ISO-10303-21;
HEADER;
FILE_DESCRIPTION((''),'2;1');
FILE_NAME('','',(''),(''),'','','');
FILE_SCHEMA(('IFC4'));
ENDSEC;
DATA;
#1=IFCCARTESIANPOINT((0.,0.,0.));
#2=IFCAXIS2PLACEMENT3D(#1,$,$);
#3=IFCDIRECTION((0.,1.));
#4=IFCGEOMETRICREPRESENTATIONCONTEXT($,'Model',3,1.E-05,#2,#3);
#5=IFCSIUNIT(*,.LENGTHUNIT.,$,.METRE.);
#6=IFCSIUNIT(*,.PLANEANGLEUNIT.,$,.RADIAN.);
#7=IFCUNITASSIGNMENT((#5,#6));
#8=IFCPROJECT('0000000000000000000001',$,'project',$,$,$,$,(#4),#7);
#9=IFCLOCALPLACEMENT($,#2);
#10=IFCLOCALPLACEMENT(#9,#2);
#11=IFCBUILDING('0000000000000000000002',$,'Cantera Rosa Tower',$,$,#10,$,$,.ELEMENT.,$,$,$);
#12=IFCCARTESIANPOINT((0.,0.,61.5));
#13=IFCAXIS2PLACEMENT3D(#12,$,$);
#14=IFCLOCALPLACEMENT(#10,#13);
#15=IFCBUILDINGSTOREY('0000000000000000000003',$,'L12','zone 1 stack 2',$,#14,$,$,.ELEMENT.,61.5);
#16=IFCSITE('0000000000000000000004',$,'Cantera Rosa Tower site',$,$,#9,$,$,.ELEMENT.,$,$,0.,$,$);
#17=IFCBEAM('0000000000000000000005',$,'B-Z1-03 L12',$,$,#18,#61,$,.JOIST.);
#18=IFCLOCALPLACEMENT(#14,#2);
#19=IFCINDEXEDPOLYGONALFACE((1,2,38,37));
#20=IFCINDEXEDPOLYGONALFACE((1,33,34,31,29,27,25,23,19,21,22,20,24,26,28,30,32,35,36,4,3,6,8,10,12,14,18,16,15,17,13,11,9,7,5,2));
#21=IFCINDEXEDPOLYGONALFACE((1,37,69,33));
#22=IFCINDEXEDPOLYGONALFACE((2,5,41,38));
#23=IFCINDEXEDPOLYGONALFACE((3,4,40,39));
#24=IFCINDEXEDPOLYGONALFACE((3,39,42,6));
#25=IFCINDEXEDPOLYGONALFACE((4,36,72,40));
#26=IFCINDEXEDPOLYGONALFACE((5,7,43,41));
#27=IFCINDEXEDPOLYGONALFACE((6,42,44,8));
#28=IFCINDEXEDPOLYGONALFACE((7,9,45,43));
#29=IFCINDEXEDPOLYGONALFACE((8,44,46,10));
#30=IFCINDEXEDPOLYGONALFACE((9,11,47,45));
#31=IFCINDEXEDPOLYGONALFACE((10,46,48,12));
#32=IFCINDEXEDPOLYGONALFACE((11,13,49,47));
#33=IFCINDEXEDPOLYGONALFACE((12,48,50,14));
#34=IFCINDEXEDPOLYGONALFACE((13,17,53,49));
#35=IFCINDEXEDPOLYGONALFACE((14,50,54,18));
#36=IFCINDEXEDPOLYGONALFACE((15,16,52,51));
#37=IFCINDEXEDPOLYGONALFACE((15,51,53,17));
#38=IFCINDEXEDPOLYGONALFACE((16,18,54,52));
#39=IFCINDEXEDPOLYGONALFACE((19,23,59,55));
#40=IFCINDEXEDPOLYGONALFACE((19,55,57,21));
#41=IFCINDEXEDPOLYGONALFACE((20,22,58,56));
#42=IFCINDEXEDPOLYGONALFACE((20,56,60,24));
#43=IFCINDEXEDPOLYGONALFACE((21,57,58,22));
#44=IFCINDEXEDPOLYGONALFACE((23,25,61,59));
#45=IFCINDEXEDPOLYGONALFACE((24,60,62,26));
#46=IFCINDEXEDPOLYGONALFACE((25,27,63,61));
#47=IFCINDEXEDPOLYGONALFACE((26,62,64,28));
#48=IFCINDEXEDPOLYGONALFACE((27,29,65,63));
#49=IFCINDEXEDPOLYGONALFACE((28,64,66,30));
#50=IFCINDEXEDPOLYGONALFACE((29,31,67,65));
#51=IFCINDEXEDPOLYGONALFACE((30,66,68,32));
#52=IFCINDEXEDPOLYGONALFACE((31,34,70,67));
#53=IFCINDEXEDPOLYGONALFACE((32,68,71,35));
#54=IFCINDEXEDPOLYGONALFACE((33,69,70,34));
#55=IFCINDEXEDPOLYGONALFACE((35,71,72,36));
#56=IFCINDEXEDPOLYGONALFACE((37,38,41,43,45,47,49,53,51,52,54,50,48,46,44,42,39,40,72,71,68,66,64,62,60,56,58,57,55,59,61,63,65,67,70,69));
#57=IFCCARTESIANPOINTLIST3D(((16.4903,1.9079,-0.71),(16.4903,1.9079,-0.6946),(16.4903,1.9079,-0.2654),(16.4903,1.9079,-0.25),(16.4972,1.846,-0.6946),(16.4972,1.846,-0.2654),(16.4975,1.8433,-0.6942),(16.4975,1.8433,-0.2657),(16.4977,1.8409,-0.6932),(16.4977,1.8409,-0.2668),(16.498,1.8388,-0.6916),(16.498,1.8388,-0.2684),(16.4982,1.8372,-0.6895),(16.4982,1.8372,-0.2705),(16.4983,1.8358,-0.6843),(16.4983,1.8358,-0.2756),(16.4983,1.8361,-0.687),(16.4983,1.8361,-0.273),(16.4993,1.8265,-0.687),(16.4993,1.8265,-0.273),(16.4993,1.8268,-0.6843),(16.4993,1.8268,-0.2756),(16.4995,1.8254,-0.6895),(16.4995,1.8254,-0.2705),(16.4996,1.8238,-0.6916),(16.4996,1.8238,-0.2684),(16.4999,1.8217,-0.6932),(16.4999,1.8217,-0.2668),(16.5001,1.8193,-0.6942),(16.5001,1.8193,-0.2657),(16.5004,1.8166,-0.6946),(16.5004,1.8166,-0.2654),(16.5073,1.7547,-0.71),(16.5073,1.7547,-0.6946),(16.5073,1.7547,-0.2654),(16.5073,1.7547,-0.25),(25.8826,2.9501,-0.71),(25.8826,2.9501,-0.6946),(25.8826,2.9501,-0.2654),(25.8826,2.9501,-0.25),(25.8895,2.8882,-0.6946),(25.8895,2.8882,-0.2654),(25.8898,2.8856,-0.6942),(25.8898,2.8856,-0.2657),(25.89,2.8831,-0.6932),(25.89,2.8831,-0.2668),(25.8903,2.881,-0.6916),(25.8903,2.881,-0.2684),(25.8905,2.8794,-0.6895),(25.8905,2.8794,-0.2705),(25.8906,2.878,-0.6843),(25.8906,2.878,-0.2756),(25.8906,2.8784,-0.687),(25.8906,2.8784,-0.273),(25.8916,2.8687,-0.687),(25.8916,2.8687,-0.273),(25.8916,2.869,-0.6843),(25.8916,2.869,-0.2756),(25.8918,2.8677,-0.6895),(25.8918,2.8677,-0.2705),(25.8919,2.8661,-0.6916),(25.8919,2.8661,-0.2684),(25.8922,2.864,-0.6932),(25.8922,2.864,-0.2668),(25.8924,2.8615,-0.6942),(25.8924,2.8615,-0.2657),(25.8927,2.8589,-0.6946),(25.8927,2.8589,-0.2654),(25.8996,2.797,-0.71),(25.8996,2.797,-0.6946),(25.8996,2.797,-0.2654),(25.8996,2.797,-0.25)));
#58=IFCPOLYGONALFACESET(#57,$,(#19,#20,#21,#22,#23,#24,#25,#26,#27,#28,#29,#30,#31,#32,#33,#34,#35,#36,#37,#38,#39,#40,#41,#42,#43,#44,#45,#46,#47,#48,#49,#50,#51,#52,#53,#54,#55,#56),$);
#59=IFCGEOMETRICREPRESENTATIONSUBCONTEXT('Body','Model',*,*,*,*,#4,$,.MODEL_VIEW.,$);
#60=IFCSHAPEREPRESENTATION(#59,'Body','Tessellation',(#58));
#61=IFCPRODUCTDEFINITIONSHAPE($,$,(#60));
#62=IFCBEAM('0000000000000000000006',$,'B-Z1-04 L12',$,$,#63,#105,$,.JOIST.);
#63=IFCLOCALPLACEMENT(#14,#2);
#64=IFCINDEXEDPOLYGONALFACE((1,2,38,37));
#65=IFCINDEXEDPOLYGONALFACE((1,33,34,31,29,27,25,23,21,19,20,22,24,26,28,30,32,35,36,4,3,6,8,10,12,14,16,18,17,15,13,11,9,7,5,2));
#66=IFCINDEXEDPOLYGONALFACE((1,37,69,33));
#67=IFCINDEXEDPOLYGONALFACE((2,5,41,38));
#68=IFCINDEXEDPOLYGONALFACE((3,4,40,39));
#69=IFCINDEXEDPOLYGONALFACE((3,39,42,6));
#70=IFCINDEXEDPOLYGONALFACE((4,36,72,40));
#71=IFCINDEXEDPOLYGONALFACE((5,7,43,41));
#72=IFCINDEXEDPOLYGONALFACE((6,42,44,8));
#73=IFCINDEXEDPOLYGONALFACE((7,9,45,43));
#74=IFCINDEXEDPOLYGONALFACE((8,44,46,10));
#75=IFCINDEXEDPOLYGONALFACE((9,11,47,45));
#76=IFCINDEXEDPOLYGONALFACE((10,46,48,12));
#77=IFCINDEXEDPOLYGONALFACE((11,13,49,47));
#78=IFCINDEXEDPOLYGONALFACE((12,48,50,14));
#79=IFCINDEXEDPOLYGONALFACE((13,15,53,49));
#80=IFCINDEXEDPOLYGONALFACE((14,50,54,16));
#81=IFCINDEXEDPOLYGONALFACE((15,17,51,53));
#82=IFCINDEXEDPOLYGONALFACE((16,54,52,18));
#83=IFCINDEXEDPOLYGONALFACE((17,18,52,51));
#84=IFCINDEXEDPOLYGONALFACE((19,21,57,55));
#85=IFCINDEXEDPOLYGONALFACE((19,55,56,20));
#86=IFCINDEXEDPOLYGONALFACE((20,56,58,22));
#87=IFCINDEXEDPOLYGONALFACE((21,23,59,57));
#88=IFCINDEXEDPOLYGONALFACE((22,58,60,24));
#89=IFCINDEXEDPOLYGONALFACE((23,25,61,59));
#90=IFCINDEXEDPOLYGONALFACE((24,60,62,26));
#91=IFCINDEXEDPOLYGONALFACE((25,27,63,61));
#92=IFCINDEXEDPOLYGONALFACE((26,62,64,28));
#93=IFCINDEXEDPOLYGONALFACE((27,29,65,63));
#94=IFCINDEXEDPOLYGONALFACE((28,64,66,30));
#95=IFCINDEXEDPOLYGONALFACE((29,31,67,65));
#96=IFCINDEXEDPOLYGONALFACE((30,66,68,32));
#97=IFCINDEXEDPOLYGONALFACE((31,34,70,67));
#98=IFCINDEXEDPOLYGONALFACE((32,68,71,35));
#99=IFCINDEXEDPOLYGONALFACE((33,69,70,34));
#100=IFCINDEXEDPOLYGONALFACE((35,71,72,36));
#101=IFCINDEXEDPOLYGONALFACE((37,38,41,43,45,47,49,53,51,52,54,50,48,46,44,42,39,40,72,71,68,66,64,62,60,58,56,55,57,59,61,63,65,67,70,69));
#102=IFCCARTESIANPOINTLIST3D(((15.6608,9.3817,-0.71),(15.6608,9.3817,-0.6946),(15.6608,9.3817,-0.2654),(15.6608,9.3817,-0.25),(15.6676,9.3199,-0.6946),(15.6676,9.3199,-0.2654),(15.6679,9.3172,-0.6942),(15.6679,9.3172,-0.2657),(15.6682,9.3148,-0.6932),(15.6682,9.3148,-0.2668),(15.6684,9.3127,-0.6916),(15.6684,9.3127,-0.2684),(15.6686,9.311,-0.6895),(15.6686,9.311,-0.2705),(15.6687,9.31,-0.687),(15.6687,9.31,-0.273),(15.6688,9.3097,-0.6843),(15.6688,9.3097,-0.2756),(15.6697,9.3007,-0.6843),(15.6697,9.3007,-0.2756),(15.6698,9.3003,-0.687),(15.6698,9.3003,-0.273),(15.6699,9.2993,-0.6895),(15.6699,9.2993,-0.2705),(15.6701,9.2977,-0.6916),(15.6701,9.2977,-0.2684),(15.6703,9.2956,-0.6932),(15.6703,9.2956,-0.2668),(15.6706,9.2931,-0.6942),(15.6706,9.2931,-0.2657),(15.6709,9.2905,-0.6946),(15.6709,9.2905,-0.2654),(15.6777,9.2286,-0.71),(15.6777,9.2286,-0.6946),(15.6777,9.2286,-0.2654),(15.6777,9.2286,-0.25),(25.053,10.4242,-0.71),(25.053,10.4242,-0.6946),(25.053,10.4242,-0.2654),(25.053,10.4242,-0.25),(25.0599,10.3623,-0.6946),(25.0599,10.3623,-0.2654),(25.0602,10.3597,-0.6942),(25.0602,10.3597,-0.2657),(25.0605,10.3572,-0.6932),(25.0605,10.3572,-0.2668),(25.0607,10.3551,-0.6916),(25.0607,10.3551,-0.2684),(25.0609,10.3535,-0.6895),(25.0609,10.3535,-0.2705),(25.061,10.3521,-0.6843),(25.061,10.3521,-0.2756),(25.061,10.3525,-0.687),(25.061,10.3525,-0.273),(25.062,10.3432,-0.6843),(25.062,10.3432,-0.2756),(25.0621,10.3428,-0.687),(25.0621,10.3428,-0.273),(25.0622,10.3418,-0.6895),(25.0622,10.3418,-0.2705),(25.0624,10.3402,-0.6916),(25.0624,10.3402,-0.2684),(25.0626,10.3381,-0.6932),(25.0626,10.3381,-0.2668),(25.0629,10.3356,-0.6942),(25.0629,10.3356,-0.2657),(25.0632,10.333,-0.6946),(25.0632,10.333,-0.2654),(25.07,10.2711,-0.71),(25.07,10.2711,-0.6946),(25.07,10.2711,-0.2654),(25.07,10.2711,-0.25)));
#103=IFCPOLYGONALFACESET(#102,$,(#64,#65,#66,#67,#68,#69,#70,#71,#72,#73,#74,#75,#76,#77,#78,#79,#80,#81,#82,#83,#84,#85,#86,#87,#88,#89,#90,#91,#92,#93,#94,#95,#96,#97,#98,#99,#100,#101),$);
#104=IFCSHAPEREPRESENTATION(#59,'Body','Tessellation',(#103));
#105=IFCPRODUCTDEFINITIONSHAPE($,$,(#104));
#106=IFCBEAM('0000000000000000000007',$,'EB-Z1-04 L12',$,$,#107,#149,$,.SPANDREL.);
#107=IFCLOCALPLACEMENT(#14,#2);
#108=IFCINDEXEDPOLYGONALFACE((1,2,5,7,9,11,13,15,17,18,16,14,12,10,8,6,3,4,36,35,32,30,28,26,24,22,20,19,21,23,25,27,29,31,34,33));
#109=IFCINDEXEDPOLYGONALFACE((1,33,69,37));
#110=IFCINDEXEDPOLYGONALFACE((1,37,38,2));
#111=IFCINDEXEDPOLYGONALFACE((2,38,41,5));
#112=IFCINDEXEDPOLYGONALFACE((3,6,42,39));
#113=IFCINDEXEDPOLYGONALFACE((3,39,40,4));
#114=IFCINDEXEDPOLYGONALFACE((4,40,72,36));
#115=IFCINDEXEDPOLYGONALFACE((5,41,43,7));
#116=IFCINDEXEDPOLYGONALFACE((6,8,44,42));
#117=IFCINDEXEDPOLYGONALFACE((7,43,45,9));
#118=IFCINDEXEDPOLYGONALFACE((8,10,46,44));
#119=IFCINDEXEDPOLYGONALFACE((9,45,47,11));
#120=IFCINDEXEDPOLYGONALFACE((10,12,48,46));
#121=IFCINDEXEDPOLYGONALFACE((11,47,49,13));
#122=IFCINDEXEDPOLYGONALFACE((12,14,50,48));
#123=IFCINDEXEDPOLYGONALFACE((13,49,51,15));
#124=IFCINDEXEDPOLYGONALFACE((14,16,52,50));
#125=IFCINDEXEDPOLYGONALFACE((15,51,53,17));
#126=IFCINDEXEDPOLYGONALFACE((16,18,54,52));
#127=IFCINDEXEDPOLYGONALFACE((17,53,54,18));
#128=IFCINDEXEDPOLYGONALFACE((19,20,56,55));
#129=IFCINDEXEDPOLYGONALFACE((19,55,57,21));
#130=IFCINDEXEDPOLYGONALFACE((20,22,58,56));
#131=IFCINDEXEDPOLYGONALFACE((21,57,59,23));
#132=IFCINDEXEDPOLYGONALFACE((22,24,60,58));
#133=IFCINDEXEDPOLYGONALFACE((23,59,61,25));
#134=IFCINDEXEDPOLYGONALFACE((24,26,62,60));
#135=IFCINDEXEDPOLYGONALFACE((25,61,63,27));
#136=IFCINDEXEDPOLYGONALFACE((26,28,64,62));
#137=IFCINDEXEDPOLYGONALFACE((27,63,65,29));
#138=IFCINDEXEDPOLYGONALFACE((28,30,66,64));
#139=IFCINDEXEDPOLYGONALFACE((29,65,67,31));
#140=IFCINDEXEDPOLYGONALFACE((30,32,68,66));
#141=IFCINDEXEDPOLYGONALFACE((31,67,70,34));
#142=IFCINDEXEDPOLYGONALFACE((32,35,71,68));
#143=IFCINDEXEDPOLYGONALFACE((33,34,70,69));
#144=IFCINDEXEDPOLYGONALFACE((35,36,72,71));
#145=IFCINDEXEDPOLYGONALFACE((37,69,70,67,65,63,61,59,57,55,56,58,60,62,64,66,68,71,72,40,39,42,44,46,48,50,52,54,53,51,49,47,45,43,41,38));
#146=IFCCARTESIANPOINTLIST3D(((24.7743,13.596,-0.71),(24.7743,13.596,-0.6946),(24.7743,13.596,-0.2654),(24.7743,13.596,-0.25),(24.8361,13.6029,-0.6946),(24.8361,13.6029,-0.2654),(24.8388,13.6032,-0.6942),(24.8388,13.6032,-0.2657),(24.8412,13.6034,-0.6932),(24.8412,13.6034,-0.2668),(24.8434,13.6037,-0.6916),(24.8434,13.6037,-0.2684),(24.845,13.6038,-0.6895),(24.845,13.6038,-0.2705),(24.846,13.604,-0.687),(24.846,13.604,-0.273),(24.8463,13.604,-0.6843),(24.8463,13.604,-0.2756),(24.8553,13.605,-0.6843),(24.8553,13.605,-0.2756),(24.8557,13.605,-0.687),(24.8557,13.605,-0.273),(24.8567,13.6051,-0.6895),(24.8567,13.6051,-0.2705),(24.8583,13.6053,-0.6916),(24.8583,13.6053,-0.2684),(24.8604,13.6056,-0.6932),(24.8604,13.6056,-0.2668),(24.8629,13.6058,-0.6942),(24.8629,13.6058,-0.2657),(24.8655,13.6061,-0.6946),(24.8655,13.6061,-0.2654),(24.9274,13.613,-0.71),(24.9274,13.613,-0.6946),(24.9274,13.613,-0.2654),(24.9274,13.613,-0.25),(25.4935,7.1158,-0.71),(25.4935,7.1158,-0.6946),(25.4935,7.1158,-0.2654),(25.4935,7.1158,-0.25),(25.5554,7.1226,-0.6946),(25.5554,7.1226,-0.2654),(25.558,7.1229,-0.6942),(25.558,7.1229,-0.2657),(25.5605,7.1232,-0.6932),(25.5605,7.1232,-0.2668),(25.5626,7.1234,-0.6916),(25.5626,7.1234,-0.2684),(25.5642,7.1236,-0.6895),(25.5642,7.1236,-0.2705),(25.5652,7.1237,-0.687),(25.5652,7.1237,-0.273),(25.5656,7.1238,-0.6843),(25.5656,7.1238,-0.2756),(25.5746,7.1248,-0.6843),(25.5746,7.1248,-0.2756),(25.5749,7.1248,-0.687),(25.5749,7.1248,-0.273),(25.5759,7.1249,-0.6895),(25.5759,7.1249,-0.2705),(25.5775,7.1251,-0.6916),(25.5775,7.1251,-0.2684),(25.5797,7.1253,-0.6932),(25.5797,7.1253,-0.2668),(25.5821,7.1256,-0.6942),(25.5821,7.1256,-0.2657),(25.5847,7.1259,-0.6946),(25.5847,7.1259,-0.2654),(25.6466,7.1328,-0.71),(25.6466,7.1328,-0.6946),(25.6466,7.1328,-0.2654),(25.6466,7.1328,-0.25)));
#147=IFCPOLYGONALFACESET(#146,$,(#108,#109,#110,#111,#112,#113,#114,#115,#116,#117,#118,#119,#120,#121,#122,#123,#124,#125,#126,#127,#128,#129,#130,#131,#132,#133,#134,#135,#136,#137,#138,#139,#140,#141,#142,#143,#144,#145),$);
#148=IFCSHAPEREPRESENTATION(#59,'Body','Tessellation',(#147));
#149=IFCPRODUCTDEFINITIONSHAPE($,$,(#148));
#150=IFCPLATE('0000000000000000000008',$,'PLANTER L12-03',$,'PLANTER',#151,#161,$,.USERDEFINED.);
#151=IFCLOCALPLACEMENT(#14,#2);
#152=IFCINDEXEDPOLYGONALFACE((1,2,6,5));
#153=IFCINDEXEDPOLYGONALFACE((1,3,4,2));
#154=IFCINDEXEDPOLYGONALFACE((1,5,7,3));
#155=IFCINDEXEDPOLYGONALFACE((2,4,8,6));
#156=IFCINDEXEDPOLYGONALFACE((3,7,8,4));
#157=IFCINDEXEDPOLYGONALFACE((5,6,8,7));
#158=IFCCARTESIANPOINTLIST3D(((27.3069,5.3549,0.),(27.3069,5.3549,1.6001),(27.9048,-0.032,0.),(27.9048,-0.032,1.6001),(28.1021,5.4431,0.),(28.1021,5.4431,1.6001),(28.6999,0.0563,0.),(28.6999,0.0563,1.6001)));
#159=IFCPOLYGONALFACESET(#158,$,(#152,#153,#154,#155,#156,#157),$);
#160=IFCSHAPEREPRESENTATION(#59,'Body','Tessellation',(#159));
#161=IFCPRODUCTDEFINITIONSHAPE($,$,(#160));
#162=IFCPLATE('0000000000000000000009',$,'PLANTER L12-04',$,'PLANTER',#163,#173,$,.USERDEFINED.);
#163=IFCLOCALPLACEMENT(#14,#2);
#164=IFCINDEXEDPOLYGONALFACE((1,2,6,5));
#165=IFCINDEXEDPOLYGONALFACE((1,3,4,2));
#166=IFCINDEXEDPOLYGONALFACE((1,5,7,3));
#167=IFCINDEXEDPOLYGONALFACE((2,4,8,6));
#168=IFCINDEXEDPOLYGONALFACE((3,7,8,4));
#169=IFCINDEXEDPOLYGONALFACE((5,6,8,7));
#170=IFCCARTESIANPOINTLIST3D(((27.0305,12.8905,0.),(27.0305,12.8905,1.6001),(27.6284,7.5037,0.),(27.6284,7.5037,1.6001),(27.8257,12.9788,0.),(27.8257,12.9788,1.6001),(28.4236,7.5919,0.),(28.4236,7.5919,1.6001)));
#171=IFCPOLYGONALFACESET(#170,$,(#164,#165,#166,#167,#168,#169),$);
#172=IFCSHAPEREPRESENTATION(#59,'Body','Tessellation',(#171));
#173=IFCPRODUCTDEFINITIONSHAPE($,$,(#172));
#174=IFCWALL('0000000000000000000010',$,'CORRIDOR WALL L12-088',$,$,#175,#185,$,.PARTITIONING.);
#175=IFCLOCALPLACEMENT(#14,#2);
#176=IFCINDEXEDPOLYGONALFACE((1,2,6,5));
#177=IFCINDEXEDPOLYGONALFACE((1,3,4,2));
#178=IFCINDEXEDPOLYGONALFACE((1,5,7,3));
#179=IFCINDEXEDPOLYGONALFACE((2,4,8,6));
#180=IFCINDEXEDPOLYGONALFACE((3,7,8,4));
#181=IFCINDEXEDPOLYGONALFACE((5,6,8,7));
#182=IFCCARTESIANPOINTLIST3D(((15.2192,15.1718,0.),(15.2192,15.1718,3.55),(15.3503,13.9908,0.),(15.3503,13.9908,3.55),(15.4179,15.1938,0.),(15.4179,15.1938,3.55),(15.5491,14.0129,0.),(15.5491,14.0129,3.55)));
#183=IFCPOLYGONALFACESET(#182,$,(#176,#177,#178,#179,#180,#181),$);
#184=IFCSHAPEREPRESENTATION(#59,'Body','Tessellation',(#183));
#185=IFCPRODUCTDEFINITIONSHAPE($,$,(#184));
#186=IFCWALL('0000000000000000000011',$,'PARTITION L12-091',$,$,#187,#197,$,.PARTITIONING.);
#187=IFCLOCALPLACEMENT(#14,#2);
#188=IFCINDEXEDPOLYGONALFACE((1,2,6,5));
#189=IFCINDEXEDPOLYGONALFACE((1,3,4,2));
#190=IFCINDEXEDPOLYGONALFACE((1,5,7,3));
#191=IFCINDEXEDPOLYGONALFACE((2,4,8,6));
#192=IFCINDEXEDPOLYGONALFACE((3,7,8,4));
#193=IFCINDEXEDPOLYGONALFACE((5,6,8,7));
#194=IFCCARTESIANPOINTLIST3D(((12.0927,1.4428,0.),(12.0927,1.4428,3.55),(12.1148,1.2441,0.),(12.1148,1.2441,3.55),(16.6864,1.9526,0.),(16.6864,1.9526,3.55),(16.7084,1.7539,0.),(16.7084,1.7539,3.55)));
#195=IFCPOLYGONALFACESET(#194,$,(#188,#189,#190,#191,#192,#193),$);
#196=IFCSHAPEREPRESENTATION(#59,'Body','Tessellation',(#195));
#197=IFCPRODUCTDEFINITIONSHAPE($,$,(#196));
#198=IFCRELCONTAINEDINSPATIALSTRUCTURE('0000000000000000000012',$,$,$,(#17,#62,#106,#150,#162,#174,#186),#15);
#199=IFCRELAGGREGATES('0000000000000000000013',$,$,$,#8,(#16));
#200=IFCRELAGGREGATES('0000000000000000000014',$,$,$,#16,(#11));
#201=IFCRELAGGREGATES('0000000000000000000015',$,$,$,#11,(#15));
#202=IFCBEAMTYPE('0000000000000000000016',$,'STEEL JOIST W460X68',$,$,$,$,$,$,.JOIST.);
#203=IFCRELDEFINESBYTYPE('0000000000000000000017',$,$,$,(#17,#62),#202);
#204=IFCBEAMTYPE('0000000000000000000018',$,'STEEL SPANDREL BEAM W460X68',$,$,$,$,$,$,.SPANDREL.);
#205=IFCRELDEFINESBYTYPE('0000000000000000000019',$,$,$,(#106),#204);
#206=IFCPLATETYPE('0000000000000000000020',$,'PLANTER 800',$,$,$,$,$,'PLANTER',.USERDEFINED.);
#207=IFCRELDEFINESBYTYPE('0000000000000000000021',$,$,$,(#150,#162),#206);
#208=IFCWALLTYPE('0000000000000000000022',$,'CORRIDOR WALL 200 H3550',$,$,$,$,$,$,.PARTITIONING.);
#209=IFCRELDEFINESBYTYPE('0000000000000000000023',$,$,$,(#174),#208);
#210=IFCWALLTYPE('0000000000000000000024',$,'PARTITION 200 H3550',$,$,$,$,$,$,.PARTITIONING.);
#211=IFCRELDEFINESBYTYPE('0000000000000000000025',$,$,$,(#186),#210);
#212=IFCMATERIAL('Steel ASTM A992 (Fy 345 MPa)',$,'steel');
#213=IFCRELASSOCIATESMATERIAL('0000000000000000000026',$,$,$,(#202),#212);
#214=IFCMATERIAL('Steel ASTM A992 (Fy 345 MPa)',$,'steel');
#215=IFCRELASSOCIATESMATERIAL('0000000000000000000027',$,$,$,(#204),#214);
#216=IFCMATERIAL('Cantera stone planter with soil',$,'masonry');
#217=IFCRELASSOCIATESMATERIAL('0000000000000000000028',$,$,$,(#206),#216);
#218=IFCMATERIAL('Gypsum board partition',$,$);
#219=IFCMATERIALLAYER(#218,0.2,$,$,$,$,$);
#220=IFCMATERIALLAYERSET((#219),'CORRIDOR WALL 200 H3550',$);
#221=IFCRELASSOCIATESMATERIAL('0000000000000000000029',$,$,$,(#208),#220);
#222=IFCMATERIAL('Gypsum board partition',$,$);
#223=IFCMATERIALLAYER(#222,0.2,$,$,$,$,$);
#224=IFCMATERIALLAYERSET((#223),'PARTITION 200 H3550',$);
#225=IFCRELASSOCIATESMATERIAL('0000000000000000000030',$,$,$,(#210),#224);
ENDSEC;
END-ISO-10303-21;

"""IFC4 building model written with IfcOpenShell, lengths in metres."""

from ifc_helpers import new_model, si_unit, direction, frame, frame_2d, origin, origin_2d, place, context, subcontext, project, spatial, rectangle, i_section, extrude, material, layer, layer_set, material_profile, profile_set, type_object, element, save


model = new_model("IFC4")

# Units and contexts
model_context = context("Model", 3, precision=1e-05, world=origin(), true_north=direction((0.0, 1.0)))
body_context = subcontext(model_context, "Body", "Model", "MODEL_VIEW")
ifc_project = project(units=[si_unit("LENGTHUNIT", "METRE"), si_unit("PLANEANGLEUNIT", "RADIAN")], contexts=[model_context])

# Site, building, storey
site_placement = place(None, origin())
site = spatial("IfcSite", under=ifc_project, at=site_placement, Name="Cantera Rosa Tower site", CompositionType="ELEMENT", RefElevation=0.0)
building_placement = place(site_placement, origin())
building = spatial("IfcBuilding", under=site, at=building_placement, Name="Cantera Rosa Tower", CompositionType="ELEMENT")
storey_placement = place(building_placement, frame((0.0, 0.0, 61.5)))
storey = spatial("IfcBuildingStorey", under=building, at=storey_placement, Name="L12", Description="zone 1 stack 2", CompositionType="ELEMENT", Elevation=61.5)

# Beams
ifc_material_1 = material(Name="Steel ASTM A992 (Fy 345 MPa)", Category="steel")
ifc_material_profile_1 = material_profile(ifc_material_1, i_section(OverallWidth=0.1541, OverallDepth=0.46, WebThickness=0.009, FlangeThickness=0.0154, FilletRadius=0.0103, at=origin_2d()), Name="W460X68")
ifc_profile_set_1 = profile_set([ifc_material_profile_1], Name="Steel ASTM A992 (Fy 345 MPa)")
beam_type_1 = type_object("IfcBeamType", Name="STEEL JOIST W460X68", PredefinedType="JOIST", material=ifc_profile_set_1)
for number, where, z_axis, x_axis, name in (
    (1, (25.8911, 2.8735, -0.48), (-0.993899, -0.11029, 0.0), (0.11029, -0.993899, 0.0), "B-Z1-03 L12"),
    (2, (25.0615, 10.3477, -0.48), (-0.993897, -0.110315, 0.0), (0.110315, -0.993897, 0.0), "B-Z1-04 L12"),
):
    element("IfcBeam", number, at=place(storey_placement, frame(where, z_axis=z_axis, x_axis=x_axis)), inside=storey, type_object=beam_type_1, Name=name, PredefinedType="JOIST", context=body_context, shape_type="SweptSolid", body=[
        extrude(i_section(OverallWidth=0.1541, OverallDepth=0.46, WebThickness=0.009, FlangeThickness=0.0154, FilletRadius=0.0103, at=origin_2d()), origin(), (0.0, 0.0, 1.0), 9.45),
    ])
ifc_material_2 = material(Name="Steel ASTM A992 (Fy 345 MPa)", Category="steel")
ifc_material_profile_2 = material_profile(ifc_material_2, i_section(OverallWidth=0.1541, OverallDepth=0.46, WebThickness=0.009, FlangeThickness=0.0154, FilletRadius=0.0103, at=origin_2d()), Name="W460X68")
ifc_profile_set_2 = profile_set([ifc_material_profile_2], Name="Steel ASTM A992 (Fy 345 MPa)")
beam_type_2 = type_object("IfcBeamType", Name="STEEL SPANDREL BEAM W460X68", PredefinedType="SPANDREL", material=ifc_profile_set_2)
beam_1_placement = place(storey_placement, frame((25.5701, 7.1243, -0.48), z_axis=(-0.110312, 0.993897, 0.0), x_axis=(-0.993897, -0.110312, 0.0)))
element("IfcBeam", 3, at=beam_1_placement, inside=storey, type_object=beam_type_2, Name="EB-Z1-04 L12", PredefinedType="SPANDREL", context=body_context, shape_type="SweptSolid", body=[
    extrude(i_section(OverallWidth=0.1541, OverallDepth=0.46, WebThickness=0.009, FlangeThickness=0.0154, FilletRadius=0.0103, at=origin_2d()), origin(), (0.0, 0.0, 1.0), 6.52),
])

# Plates
ifc_material_3 = material(Name="Cantera stone planter with soil", Category="masonry")
plate_type = type_object("IfcPlateType", Name="PLANTER 800", ElementType="PLANTER", PredefinedType="USERDEFINED", material=ifc_material_3)
for number, where, z_axis, x_axis, name in (
    (4, (28.0034, 2.7056, 0.0), (0.0, 0.0, 1.0), (-0.110313, 0.993897, 0.0), "PLANTER L12-03"),
    (5, (27.7271, 10.2412, 0.0), (0.0, 0.0, 1.0), (-0.110313, 0.993897, 0.0), "PLANTER L12-04"),
):
    element("IfcPlate", number, at=place(storey_placement, frame(where, z_axis=z_axis, x_axis=x_axis)), inside=storey, type_object=plate_type, Name=name, ObjectType="PLANTER", PredefinedType="USERDEFINED", context=body_context, shape_type="SweptSolid", body=[
        extrude(rectangle(XDim=5.4199, YDim=0.8, at=origin_2d()), origin(), (0.0, 0.0, 1.0), 1.6001),
    ])

# Wall
ifc_material_4 = material(Name="Gypsum board partition")
ifc_layer_1 = layer(ifc_material_4, 0.2)
ifc_layer_set_1 = layer_set([ifc_layer_1], Name="CORRIDOR WALL 200 H3550")
wall_type_1 = type_object("IfcWallType", Name="CORRIDOR WALL 200 H3550", PredefinedType="PARTITIONING", material=ifc_layer_set_1)
wall_1_placement = place(storey_placement, frame((15.4497, 14.0017, 0.0), z_axis=(0.0, 0.0, 1.0), x_axis=(-0.110341, 0.993894, 0.0)))
element("IfcWall", 6, at=wall_1_placement, inside=storey, type_object=wall_type_1, Name="CORRIDOR WALL L12-088", PredefinedType="PARTITIONING", context=body_context, shape_type="SweptSolid", body=[
    extrude(rectangle(XDim=1.1882, YDim=0.2, at=frame_2d((0.5942, 0.0))), origin(), (0.0, 0.0, 1.0), 3.55),
])

# Wall
ifc_material_5 = material(Name="Gypsum board partition")
ifc_layer_2 = layer(ifc_material_5, 0.2)
ifc_layer_set_2 = layer_set([ifc_layer_2], Name="PARTITION 200 H3550")
wall_type_2 = type_object("IfcWallType", Name="PARTITION 200 H3550", PredefinedType="PARTITIONING", material=ifc_layer_set_2)
wall_2_placement = place(storey_placement, frame((16.6975, 1.8533, 0.0), z_axis=(0.0, 0.0, 1.0), x_axis=(-0.993899, -0.110298, 0.0)))
element("IfcWall", 7, at=wall_2_placement, inside=storey, type_object=wall_type_2, Name="PARTITION L12-091", PredefinedType="PARTITIONING", context=body_context, shape_type="SweptSolid", body=[
    extrude(rectangle(XDim=4.6218, YDim=0.2, at=frame_2d((2.311, 0.0))), origin(), (0.0, 0.0, 1.0), 3.55),
])

save(model, "model.ifc")
